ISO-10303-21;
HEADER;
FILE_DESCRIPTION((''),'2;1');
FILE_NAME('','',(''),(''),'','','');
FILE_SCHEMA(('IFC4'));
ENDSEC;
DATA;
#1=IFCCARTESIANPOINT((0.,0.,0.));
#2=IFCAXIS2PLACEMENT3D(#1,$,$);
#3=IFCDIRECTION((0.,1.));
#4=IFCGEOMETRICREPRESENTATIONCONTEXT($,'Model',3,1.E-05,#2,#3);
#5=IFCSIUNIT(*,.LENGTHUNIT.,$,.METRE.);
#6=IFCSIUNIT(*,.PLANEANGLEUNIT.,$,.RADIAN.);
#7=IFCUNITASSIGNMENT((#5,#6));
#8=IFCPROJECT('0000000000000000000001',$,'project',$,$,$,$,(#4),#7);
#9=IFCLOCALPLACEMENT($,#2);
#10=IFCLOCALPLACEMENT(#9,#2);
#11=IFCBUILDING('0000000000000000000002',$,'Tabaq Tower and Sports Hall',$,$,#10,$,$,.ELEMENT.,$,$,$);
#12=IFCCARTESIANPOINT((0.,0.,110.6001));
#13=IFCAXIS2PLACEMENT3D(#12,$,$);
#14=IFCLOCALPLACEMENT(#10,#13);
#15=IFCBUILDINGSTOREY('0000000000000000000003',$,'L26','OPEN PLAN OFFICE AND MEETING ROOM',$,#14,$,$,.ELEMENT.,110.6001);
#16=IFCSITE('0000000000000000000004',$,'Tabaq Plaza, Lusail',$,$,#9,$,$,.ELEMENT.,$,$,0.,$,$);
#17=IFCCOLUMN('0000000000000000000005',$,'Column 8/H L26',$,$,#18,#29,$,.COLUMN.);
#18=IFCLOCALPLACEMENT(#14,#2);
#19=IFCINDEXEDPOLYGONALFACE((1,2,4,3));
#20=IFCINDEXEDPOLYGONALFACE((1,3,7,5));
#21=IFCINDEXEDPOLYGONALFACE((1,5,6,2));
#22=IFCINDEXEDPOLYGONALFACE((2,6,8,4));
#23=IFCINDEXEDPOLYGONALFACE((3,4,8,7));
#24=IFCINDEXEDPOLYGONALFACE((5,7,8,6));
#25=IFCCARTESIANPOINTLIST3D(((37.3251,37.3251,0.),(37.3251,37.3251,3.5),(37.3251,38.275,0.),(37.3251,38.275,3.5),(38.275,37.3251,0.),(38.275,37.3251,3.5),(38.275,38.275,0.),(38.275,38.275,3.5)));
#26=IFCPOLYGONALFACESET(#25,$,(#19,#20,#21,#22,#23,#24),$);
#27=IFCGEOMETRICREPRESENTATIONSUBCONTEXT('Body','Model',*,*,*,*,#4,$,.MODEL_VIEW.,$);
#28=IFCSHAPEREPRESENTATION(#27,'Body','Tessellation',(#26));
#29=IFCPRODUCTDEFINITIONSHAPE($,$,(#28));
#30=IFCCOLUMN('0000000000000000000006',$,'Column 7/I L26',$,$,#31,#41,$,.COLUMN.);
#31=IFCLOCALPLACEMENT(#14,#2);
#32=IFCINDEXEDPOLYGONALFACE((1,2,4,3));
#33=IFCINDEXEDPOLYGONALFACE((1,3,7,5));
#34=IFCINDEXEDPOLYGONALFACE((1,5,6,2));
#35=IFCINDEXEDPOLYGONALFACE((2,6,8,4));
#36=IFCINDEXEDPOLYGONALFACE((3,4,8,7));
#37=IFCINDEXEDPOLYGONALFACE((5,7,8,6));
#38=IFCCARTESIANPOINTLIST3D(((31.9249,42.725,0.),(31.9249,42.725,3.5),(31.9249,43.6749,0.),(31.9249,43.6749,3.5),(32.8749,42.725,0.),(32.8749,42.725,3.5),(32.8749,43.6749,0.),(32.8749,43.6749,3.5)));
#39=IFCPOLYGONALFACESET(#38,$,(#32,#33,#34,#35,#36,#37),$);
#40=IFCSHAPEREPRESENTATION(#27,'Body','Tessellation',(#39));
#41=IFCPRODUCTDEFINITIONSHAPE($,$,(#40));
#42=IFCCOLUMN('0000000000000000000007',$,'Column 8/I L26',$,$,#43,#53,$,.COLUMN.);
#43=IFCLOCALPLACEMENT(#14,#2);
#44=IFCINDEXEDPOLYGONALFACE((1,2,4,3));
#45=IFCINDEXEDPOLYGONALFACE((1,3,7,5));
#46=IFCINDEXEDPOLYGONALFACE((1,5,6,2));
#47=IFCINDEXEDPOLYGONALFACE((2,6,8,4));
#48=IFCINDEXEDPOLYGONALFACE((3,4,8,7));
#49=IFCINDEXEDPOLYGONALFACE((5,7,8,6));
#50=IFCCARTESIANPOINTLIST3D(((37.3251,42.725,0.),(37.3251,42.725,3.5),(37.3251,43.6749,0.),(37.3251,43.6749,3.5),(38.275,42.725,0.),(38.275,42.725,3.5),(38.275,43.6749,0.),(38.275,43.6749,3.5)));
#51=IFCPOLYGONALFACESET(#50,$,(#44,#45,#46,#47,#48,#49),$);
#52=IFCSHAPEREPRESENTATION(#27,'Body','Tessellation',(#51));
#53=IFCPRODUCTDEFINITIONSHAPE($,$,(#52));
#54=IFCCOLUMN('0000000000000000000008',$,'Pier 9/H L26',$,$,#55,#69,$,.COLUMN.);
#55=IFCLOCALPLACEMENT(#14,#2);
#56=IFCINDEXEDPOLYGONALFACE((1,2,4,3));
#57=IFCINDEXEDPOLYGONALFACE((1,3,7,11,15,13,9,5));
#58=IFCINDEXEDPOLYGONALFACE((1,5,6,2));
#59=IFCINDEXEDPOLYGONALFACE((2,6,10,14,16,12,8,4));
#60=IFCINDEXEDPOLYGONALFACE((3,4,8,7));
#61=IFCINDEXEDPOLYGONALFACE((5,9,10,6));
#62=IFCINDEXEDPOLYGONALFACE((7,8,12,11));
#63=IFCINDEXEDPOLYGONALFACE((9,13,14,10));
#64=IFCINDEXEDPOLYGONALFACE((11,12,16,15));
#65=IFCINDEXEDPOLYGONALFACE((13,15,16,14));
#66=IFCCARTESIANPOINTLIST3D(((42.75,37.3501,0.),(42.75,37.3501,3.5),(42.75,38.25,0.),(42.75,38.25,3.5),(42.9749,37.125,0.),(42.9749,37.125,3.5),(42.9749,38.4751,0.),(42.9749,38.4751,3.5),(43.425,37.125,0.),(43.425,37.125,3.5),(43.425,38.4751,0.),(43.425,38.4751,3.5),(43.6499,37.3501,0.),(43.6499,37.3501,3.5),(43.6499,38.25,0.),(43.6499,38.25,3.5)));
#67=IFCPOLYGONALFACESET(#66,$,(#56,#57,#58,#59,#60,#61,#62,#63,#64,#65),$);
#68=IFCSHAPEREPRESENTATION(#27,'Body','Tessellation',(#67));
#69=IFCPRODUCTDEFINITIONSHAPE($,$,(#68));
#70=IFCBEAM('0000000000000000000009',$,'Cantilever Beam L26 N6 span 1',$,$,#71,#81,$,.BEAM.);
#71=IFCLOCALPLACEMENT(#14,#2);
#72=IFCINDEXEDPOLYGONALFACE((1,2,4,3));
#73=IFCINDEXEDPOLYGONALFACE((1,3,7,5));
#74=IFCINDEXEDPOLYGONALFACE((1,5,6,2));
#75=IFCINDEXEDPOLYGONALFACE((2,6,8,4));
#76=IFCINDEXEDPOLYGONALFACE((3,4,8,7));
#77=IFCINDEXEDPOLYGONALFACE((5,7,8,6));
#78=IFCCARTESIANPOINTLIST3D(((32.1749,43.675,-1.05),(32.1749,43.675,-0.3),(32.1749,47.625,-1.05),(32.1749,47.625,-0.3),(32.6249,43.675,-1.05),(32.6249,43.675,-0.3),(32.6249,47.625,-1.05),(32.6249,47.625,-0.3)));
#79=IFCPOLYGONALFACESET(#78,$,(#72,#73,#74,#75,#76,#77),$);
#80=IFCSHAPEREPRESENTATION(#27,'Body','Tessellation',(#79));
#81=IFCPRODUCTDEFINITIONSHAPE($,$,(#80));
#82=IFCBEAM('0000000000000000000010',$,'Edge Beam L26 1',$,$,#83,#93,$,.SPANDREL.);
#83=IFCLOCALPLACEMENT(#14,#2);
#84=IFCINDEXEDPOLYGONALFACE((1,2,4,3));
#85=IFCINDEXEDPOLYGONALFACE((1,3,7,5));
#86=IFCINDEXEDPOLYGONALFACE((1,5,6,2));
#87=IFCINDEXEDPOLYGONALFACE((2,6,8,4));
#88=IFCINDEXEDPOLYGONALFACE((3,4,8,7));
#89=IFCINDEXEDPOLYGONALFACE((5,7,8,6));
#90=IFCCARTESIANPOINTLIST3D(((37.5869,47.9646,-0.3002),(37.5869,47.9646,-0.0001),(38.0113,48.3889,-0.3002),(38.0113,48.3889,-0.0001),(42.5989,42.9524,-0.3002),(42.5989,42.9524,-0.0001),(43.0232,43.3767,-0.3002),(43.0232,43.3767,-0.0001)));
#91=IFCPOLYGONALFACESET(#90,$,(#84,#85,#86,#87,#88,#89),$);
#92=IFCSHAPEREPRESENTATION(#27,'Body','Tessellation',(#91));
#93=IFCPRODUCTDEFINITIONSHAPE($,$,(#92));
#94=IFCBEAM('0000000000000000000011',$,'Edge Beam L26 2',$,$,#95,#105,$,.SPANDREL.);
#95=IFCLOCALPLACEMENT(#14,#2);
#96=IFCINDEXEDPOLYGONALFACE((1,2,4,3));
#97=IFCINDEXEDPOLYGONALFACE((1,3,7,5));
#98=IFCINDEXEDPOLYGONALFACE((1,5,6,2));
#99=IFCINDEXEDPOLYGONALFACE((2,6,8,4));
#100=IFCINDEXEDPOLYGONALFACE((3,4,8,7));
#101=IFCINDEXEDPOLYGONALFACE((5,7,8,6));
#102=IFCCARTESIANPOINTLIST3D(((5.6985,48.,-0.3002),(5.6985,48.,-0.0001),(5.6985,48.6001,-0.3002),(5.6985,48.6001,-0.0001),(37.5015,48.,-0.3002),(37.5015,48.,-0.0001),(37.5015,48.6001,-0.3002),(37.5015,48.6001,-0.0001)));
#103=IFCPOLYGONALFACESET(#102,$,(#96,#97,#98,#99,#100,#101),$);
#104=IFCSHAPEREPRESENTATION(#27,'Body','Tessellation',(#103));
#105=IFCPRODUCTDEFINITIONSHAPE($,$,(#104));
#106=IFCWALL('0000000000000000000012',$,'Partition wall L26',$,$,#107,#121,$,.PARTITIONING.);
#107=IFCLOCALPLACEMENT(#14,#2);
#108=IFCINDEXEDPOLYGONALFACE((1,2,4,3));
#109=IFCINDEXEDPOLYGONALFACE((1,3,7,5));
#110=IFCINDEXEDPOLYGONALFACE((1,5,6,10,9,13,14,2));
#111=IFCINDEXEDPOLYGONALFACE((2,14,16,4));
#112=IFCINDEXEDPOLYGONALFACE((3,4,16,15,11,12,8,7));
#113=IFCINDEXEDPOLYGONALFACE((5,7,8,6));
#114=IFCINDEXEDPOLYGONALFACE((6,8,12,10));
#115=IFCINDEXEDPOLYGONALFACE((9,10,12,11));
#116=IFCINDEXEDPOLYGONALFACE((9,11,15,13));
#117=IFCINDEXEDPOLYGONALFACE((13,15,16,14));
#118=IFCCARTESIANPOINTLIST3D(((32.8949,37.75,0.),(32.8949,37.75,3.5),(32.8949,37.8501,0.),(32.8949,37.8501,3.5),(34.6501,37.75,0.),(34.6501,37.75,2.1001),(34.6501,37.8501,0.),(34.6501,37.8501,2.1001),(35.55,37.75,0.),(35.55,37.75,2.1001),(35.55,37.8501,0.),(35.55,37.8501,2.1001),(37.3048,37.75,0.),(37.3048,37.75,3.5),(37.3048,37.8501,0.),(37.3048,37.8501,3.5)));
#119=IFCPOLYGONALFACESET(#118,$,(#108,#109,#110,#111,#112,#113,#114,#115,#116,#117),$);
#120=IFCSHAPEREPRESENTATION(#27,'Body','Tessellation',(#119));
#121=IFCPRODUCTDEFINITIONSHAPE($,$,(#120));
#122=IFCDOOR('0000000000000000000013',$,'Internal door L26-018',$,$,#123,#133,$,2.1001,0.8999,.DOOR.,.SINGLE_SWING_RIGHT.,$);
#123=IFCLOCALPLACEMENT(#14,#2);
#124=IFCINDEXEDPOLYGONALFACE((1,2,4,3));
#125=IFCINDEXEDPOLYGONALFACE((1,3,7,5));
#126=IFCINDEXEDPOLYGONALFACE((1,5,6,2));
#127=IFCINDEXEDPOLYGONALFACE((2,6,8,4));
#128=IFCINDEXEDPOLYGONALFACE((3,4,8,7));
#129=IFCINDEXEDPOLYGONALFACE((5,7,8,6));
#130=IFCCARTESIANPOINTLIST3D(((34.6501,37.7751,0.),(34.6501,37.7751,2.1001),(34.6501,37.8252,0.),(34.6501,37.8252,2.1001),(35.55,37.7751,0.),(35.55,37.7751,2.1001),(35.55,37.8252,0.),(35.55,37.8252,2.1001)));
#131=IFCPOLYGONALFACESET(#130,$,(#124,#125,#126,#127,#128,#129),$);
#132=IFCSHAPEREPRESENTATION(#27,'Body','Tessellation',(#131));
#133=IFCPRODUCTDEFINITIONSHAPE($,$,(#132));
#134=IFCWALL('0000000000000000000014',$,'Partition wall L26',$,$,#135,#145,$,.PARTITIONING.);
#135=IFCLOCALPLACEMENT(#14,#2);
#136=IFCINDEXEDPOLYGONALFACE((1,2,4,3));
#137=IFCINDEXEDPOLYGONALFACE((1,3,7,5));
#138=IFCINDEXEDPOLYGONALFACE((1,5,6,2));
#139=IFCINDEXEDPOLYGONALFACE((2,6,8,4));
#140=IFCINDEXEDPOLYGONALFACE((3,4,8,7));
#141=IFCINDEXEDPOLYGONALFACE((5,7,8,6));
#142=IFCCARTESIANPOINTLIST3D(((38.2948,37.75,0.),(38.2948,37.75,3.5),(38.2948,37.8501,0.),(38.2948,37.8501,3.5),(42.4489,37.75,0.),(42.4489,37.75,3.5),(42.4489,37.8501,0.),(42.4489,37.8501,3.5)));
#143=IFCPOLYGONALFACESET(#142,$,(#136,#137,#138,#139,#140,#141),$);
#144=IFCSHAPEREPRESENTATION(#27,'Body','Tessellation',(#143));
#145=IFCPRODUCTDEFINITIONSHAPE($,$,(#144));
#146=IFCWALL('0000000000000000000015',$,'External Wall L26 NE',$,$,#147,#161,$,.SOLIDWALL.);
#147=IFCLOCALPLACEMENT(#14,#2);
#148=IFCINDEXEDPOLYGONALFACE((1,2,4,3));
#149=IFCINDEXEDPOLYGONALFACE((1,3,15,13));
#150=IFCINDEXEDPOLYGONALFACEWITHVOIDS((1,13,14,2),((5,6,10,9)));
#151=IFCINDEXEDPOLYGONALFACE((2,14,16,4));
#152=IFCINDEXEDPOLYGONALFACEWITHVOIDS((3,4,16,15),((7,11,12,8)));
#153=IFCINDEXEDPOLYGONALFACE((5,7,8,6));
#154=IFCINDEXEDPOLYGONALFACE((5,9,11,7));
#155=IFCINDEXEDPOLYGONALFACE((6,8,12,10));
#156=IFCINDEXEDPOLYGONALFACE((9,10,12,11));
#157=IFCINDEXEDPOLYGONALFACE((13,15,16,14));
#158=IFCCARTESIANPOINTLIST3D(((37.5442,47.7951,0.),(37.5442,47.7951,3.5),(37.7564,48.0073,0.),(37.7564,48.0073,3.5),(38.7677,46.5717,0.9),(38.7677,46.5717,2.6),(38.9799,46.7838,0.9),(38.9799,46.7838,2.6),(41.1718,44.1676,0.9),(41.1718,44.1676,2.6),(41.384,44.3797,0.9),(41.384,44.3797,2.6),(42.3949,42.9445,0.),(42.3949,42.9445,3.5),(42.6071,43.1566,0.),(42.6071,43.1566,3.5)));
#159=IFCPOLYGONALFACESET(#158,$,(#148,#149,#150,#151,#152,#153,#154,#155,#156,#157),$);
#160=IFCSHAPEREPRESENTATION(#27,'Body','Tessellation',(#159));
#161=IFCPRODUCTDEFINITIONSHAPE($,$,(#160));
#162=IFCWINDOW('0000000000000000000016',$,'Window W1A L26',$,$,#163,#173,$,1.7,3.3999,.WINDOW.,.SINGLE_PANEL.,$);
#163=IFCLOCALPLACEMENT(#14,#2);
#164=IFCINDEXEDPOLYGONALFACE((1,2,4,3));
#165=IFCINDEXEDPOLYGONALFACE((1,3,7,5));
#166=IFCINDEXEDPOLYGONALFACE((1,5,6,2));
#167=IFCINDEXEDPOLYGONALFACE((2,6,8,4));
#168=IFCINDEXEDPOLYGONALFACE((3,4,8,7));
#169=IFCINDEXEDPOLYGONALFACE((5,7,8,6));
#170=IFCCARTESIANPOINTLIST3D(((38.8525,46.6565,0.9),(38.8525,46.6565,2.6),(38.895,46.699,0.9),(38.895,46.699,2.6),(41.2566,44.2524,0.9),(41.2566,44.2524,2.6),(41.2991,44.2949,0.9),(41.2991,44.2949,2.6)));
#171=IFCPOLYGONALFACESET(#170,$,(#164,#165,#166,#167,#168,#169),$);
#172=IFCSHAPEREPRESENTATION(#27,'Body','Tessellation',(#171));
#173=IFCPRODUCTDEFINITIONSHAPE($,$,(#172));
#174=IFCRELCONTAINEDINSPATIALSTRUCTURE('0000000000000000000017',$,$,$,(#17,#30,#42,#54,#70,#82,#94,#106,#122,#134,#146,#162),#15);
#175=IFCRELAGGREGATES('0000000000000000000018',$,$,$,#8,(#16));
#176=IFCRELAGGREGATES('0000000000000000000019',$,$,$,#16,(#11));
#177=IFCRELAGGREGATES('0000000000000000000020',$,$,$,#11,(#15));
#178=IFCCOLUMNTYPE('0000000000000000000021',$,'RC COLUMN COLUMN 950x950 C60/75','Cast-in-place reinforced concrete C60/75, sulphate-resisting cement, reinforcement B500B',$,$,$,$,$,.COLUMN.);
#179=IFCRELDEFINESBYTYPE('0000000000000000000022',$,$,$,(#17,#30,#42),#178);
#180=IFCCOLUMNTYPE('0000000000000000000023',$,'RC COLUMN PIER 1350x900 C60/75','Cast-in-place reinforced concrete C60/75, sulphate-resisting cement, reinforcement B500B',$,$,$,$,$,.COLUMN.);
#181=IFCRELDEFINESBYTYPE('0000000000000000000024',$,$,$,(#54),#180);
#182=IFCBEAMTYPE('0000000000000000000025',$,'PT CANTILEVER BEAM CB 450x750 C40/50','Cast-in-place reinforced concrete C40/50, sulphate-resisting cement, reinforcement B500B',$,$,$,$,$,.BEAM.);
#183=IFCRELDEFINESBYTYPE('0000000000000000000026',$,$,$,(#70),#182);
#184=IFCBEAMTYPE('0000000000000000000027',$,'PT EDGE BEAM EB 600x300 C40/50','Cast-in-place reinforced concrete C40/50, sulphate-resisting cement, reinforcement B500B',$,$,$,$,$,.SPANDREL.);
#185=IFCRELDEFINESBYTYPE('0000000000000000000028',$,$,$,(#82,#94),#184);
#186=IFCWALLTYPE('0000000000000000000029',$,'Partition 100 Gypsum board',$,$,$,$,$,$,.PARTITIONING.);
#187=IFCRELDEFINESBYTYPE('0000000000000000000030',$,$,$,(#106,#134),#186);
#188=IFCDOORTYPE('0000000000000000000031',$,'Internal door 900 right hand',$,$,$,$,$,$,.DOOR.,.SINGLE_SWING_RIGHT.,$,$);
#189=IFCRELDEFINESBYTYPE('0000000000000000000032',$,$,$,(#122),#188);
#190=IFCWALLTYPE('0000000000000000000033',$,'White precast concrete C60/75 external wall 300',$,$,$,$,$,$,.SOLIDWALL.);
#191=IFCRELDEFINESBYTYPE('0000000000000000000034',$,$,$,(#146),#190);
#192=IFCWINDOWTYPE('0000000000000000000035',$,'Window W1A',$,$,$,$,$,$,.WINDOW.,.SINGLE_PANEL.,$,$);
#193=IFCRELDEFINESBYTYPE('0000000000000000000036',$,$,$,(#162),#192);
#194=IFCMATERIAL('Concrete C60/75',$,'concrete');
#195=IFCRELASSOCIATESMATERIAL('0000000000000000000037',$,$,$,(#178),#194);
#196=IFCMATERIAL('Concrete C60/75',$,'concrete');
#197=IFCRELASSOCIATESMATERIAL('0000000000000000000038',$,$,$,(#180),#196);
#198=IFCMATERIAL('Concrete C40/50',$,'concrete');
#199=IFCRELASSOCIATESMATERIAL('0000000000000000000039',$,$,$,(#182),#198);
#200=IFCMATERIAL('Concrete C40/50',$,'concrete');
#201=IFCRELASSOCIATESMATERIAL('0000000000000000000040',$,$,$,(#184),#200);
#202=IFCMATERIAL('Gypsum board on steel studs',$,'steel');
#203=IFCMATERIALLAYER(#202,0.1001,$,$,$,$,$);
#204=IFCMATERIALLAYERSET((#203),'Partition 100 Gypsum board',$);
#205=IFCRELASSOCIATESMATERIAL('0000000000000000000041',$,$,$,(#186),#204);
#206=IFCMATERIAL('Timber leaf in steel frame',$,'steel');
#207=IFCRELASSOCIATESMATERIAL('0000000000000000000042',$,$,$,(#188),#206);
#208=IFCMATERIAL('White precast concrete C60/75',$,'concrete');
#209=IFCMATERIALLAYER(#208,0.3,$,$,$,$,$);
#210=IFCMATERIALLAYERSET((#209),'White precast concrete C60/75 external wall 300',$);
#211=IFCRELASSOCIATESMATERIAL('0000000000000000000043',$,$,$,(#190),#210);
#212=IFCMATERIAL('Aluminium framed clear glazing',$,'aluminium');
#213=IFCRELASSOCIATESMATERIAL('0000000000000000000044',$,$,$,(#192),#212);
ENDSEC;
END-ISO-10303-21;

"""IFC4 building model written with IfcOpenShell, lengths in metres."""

from ifc_helpers import new_model, si_unit, direction, frame, frame_2d, origin, origin_2d, place, context, subcontext, project, spatial, polyline, rectangle, outline, extrude, material, layer, layer_set, material_profile, profile_set, type_object, element, fill, save


model = new_model("IFC4")

# Units and contexts
model_context = context("Model", 3, precision=1e-05, world=origin(), true_north=direction((0.0, 1.0)))
body_context = subcontext(model_context, "Body", "Model", "MODEL_VIEW")
ifc_project = project(units=[si_unit("LENGTHUNIT", "METRE"), si_unit("PLANEANGLEUNIT", "RADIAN")], contexts=[model_context])

# Site, building, storey
site_placement = place(None, origin())
site = spatial("IfcSite", under=ifc_project, at=site_placement, Name="Tabaq Plaza, Lusail", CompositionType="ELEMENT", RefElevation=0.0)
building_placement = place(site_placement, origin())
building = spatial("IfcBuilding", under=site, at=building_placement, Name="Tabaq Tower and Sports Hall", CompositionType="ELEMENT")
storey_placement = place(building_placement, frame((0.0, 0.0, 110.6001)))
storey = spatial("IfcBuildingStorey", under=building, at=storey_placement, Name="L26", Description="OPEN PLAN OFFICE AND MEETING ROOM", CompositionType="ELEMENT", Elevation=110.6001)

# Columns
ifc_material_1 = material(Name="Concrete C60/75", Category="concrete")
ifc_material_profile_1 = material_profile(ifc_material_1, rectangle(XDim=0.95, YDim=0.95, at=origin_2d()), Name="COLUMN 950x950")
ifc_profile_set_1 = profile_set([ifc_material_profile_1], Name="Concrete C60/75")
column_type_1 = type_object("IfcColumnType", Name="RC COLUMN COLUMN 950x950 C60/75", Description="Cast-in-place reinforced concrete C60/75, sulphate-resisting cement, reinforcement B500B", PredefinedType="COLUMN", material=ifc_profile_set_1)
for number, where, z_axis, x_axis, name in (
    (1, (37.8, 37.8, 0.0), (0.0, 0.0, 1.0), (1.0, 0.0, 0.0), "Column 8/H L26"),
    (2, (32.3999, 43.2, 0.0), (0.0, 0.0, 1.0), (1.0, 0.0, 0.0), "Column 7/I L26"),
    (3, (37.8, 43.2, 0.0), (0.0, 0.0, 1.0), (1.0, 0.0, 0.0), "Column 8/I L26"),
):
    element("IfcColumn", number, at=place(storey_placement, frame(where, z_axis=z_axis, x_axis=x_axis)), inside=storey, type_object=column_type_1, Name=name, PredefinedType="COLUMN", context=body_context, shape_type="SweptSolid", body=[
        extrude(rectangle(XDim=0.95, YDim=0.95, at=origin_2d()), origin(), (0.0, 0.0, 1.0), 3.5),
    ])
ifc_material_2 = material(Name="Concrete C60/75", Category="concrete")
ifc_material_profile_2 = material_profile(ifc_material_2, outline(polyline([(-0.45, -0.45), (0.45, -0.45), (0.675, -0.2251), (0.675, 0.2251), (0.45, 0.45), (-0.45, 0.45), (-0.675, 0.2251), (-0.675, -0.2251), (-0.45, -0.45)])), Name="PIER 1350x900")
ifc_profile_set_2 = profile_set([ifc_material_profile_2], Name="Concrete C60/75")
column_type_2 = type_object("IfcColumnType", Name="RC COLUMN PIER 1350x900 C60/75", Description="Cast-in-place reinforced concrete C60/75, sulphate-resisting cement, reinforcement B500B", PredefinedType="COLUMN", material=ifc_profile_set_2)
column_placement = place(storey_placement, frame((43.2, 37.8, 0.0), z_axis=(0.0, 0.0, 1.0), x_axis=(0.0, 1.0, 0.0)))
element("IfcColumn", 4, at=column_placement, inside=storey, type_object=column_type_2, Name="Pier 9/H L26", PredefinedType="COLUMN", context=body_context, shape_type="SweptSolid", body=[
    extrude(outline(polyline([(-0.45, -0.45), (0.45, -0.45), (0.675, -0.2251), (0.675, 0.2251), (0.45, 0.45), (-0.45, 0.45), (-0.675, 0.2251), (-0.675, -0.2251), (-0.45, -0.45)])), origin(), (0.0, 0.0, 1.0), 3.5),
])

# Beams
ifc_material_3 = material(Name="Concrete C40/50", Category="concrete")
ifc_material_profile_3 = material_profile(ifc_material_3, rectangle(XDim=0.45, YDim=0.75, at=origin_2d()), Name="CB 450x750")
ifc_profile_set_3 = profile_set([ifc_material_profile_3], Name="Concrete C40/50")
beam_type_1 = type_object("IfcBeamType", Name="PT CANTILEVER BEAM CB 450x750 C40/50", Description="Cast-in-place reinforced concrete C40/50, sulphate-resisting cement, reinforcement B500B", PredefinedType="BEAM", material=ifc_profile_set_3)
beam_1_placement = place(storey_placement, frame((32.3999, 47.625, -0.675), z_axis=(0.0, -1.0, 0.0), x_axis=(1.0, 0.0, 0.0)))
element("IfcBeam", 5, at=beam_1_placement, inside=storey, type_object=beam_type_1, Name="Cantilever Beam L26 N6 span 1", PredefinedType="BEAM", context=body_context, shape_type="SweptSolid", body=[
    extrude(rectangle(XDim=0.45, YDim=0.75, at=origin_2d()), origin(), (0.0, 0.0, 1.0), 3.95),
])
ifc_material_4 = material(Name="Concrete C40/50", Category="concrete")
ifc_material_profile_4 = material_profile(ifc_material_4, rectangle(XDim=0.6001, YDim=0.3, at=origin_2d()), Name="EB 600x300")
ifc_profile_set_4 = profile_set([ifc_material_profile_4], Name="Concrete C40/50")
beam_type_2 = type_object("IfcBeamType", Name="PT EDGE BEAM EB 600x300 C40/50", Description="Cast-in-place reinforced concrete C40/50, sulphate-resisting cement, reinforcement B500B", PredefinedType="SPANDREL", material=ifc_profile_set_4)
beam_2_placement = place(storey_placement, frame((42.811, 43.1646, -0.1501), z_axis=(-0.70709, 0.707124, 0.0), x_axis=(-0.707124, -0.70709, 0.0)))
element("IfcBeam", 6, at=beam_2_placement, inside=storey, type_object=beam_type_2, Name="Edge Beam L26 1", PredefinedType="SPANDREL", context=body_context, shape_type="SweptSolid", body=[
    extrude(rectangle(XDim=0.6001, YDim=0.3, at=origin_2d()), origin(), (0.0, 0.0, 1.0), 7.0881),
])
beam_3_placement = place(storey_placement, frame((37.5015, 48.3, -0.1501), z_axis=(-1.0, 0.0, 0.0), x_axis=(0.0, -1.0, 0.0)))
element("IfcBeam", 7, at=beam_3_placement, inside=storey, type_object=beam_type_2, Name="Edge Beam L26 2", PredefinedType="SPANDREL", context=body_context, shape_type="SweptSolid", body=[
    extrude(rectangle(XDim=0.6001, YDim=0.3, at=origin_2d()), origin(), (0.0, 0.0, 1.0), 31.803),
])

# Wall, opening, door
ifc_material_5 = material(Name="Gypsum board on steel studs", Category="steel")
ifc_layer_1 = layer(ifc_material_5, 0.1001)
ifc_layer_set_1 = layer_set([ifc_layer_1], Name="Partition 100 Gypsum board")
wall_type_1 = type_object("IfcWallType", Name="Partition 100 Gypsum board", PredefinedType="PARTITIONING", material=ifc_layer_set_1)
wall_1_placement = place(storey_placement, frame((37.3049, 37.8, 0.0), z_axis=(0.0, 0.0, 1.0), x_axis=(-1.0, 0.0, 0.0)))
wall_1 = element("IfcWall", 8, at=wall_1_placement, inside=storey, type_object=wall_type_1, Name="Partition wall L26", PredefinedType="PARTITIONING", context=body_context, shape_type="SweptSolid", body=[
    extrude(rectangle(XDim=4.4099, YDim=0.1001, at=frame_2d((2.2051, 0.0))), origin(), (0.0, 0.0, 1.0), 3.5),
])
opening_1_placement = place(wall_1_placement, frame((1.7549, 0.0, 0.0)))
opening_1 = element("IfcOpeningElement", 9, at=opening_1_placement, cuts=wall_1, PredefinedType="OPENING", context=body_context, shape_type="SweptSolid", body=[
    extrude(rectangle(XDim=0.8999, YDim=2.1001, at=frame_2d((0.45, 1.05))), frame((0.0, 0.05, 0.0), z_axis=(0.0, -1.0, 0.0), x_axis=(1.0, 0.0, 0.0)), (0.0, 0.0, 1.0), 0.1001),
])
ifc_material_6 = material(Name="Timber leaf in steel frame", Category="steel")
door_type = type_object("IfcDoorType", Name="Internal door 900 right hand", OperationType="SINGLE_SWING_RIGHT", PredefinedType="DOOR", material=ifc_material_6)
door_placement = place(opening_1_placement, origin())
door = element("IfcDoor", 10, at=door_placement, inside=storey, type_object=door_type, Name="Internal door L26-018", OperationType="SINGLE_SWING_RIGHT", OverallHeight=2.1001, OverallWidth=0.8999, PredefinedType="DOOR", context=body_context, shape_type="SweptSolid", body=[
    extrude(rectangle(XDim=0.8999, YDim=2.1001, at=frame_2d((0.45, 1.05))), frame((0.0, 0.0249, 0.0), z_axis=(0.0, -1.0, 0.0), x_axis=(1.0, 0.0, 0.0)), (0.0, 0.0, 1.0), 0.05),
])
fill(opening_1, door)

# Wall
wall_2_placement = place(storey_placement, frame((42.449, 37.8, 0.0), z_axis=(0.0, 0.0, 1.0), x_axis=(-1.0, 0.0, 0.0)))
element("IfcWall", 11, at=wall_2_placement, inside=storey, type_object=wall_type_1, Name="Partition wall L26", PredefinedType="PARTITIONING", context=body_context, shape_type="SweptSolid", body=[
    extrude(rectangle(XDim=4.1541, YDim=0.1001, at=frame_2d((2.0771, 0.0))), origin(), (0.0, 0.0, 1.0), 3.5),
])

# Wall, opening, window
ifc_material_7 = material(Name="White precast concrete C60/75", Category="concrete")
ifc_layer_2 = layer(ifc_material_7, 0.3)
ifc_layer_set_2 = layer_set([ifc_layer_2], Name="White precast concrete C60/75 external wall 300")
wall_type_2 = type_object("IfcWallType", Name="White precast concrete C60/75 external wall 300", PredefinedType="SOLIDWALL", material=ifc_layer_set_2)
wall_3_placement = place(storey_placement, frame((42.501, 43.0505, 0.0), z_axis=(0.0, 0.0, 1.0), x_axis=(-0.707107, 0.707107, 0.0)))
wall_3 = element("IfcWall", 12, at=wall_3_placement, inside=storey, type_object=wall_type_2, Name="External Wall L26 NE", PredefinedType="SOLIDWALL", context=body_context, shape_type="SweptSolid", body=[
    extrude(rectangle(XDim=6.8599, YDim=0.3, at=frame_2d((3.4299, 0.0))), origin(), (0.0, 0.0, 1.0), 3.5),
])
opening_2_placement = place(wall_3_placement, frame((1.7297, 0.0, 0.8999)))
opening_2 = element("IfcOpeningElement", 13, at=opening_2_placement, cuts=wall_3, PredefinedType="OPENING", context=body_context, shape_type="SweptSolid", body=[
    extrude(rectangle(XDim=3.3999, YDim=1.7, at=frame_2d((1.7, 0.8501))), frame((0.0, 0.1602, 0.0), z_axis=(0.0, -1.0, 0.0), x_axis=(1.0, 0.0, 0.0)), (0.0, 0.0, 1.0), 0.3201),
])
ifc_material_8 = material(Name="Aluminium framed clear glazing", Category="aluminium")
window_type = type_object("IfcWindowType", Name="Window W1A", PartitioningType="SINGLE_PANEL", PredefinedType="WINDOW", material=ifc_material_8)
window_1_placement = place(opening_2_placement, origin())
window_1 = element("IfcWindow", 14, at=window_1_placement, inside=storey, type_object=window_type, Name="Window W1A L26", OverallHeight=1.7, OverallWidth=3.3999, PartitioningType="SINGLE_PANEL", PredefinedType="WINDOW", context=body_context, shape_type="SweptSolid", body=[
    extrude(rectangle(XDim=3.3999, YDim=1.7, at=frame_2d((1.7, 0.8501))), frame((0.0, 0.03, 0.0), z_axis=(0.0, -1.0, 0.0), x_axis=(1.0, 0.0, 0.0)), (0.0, 0.0, 1.0), 0.0601),
])
fill(opening_2, window_1)

save(model, "model.ifc")
